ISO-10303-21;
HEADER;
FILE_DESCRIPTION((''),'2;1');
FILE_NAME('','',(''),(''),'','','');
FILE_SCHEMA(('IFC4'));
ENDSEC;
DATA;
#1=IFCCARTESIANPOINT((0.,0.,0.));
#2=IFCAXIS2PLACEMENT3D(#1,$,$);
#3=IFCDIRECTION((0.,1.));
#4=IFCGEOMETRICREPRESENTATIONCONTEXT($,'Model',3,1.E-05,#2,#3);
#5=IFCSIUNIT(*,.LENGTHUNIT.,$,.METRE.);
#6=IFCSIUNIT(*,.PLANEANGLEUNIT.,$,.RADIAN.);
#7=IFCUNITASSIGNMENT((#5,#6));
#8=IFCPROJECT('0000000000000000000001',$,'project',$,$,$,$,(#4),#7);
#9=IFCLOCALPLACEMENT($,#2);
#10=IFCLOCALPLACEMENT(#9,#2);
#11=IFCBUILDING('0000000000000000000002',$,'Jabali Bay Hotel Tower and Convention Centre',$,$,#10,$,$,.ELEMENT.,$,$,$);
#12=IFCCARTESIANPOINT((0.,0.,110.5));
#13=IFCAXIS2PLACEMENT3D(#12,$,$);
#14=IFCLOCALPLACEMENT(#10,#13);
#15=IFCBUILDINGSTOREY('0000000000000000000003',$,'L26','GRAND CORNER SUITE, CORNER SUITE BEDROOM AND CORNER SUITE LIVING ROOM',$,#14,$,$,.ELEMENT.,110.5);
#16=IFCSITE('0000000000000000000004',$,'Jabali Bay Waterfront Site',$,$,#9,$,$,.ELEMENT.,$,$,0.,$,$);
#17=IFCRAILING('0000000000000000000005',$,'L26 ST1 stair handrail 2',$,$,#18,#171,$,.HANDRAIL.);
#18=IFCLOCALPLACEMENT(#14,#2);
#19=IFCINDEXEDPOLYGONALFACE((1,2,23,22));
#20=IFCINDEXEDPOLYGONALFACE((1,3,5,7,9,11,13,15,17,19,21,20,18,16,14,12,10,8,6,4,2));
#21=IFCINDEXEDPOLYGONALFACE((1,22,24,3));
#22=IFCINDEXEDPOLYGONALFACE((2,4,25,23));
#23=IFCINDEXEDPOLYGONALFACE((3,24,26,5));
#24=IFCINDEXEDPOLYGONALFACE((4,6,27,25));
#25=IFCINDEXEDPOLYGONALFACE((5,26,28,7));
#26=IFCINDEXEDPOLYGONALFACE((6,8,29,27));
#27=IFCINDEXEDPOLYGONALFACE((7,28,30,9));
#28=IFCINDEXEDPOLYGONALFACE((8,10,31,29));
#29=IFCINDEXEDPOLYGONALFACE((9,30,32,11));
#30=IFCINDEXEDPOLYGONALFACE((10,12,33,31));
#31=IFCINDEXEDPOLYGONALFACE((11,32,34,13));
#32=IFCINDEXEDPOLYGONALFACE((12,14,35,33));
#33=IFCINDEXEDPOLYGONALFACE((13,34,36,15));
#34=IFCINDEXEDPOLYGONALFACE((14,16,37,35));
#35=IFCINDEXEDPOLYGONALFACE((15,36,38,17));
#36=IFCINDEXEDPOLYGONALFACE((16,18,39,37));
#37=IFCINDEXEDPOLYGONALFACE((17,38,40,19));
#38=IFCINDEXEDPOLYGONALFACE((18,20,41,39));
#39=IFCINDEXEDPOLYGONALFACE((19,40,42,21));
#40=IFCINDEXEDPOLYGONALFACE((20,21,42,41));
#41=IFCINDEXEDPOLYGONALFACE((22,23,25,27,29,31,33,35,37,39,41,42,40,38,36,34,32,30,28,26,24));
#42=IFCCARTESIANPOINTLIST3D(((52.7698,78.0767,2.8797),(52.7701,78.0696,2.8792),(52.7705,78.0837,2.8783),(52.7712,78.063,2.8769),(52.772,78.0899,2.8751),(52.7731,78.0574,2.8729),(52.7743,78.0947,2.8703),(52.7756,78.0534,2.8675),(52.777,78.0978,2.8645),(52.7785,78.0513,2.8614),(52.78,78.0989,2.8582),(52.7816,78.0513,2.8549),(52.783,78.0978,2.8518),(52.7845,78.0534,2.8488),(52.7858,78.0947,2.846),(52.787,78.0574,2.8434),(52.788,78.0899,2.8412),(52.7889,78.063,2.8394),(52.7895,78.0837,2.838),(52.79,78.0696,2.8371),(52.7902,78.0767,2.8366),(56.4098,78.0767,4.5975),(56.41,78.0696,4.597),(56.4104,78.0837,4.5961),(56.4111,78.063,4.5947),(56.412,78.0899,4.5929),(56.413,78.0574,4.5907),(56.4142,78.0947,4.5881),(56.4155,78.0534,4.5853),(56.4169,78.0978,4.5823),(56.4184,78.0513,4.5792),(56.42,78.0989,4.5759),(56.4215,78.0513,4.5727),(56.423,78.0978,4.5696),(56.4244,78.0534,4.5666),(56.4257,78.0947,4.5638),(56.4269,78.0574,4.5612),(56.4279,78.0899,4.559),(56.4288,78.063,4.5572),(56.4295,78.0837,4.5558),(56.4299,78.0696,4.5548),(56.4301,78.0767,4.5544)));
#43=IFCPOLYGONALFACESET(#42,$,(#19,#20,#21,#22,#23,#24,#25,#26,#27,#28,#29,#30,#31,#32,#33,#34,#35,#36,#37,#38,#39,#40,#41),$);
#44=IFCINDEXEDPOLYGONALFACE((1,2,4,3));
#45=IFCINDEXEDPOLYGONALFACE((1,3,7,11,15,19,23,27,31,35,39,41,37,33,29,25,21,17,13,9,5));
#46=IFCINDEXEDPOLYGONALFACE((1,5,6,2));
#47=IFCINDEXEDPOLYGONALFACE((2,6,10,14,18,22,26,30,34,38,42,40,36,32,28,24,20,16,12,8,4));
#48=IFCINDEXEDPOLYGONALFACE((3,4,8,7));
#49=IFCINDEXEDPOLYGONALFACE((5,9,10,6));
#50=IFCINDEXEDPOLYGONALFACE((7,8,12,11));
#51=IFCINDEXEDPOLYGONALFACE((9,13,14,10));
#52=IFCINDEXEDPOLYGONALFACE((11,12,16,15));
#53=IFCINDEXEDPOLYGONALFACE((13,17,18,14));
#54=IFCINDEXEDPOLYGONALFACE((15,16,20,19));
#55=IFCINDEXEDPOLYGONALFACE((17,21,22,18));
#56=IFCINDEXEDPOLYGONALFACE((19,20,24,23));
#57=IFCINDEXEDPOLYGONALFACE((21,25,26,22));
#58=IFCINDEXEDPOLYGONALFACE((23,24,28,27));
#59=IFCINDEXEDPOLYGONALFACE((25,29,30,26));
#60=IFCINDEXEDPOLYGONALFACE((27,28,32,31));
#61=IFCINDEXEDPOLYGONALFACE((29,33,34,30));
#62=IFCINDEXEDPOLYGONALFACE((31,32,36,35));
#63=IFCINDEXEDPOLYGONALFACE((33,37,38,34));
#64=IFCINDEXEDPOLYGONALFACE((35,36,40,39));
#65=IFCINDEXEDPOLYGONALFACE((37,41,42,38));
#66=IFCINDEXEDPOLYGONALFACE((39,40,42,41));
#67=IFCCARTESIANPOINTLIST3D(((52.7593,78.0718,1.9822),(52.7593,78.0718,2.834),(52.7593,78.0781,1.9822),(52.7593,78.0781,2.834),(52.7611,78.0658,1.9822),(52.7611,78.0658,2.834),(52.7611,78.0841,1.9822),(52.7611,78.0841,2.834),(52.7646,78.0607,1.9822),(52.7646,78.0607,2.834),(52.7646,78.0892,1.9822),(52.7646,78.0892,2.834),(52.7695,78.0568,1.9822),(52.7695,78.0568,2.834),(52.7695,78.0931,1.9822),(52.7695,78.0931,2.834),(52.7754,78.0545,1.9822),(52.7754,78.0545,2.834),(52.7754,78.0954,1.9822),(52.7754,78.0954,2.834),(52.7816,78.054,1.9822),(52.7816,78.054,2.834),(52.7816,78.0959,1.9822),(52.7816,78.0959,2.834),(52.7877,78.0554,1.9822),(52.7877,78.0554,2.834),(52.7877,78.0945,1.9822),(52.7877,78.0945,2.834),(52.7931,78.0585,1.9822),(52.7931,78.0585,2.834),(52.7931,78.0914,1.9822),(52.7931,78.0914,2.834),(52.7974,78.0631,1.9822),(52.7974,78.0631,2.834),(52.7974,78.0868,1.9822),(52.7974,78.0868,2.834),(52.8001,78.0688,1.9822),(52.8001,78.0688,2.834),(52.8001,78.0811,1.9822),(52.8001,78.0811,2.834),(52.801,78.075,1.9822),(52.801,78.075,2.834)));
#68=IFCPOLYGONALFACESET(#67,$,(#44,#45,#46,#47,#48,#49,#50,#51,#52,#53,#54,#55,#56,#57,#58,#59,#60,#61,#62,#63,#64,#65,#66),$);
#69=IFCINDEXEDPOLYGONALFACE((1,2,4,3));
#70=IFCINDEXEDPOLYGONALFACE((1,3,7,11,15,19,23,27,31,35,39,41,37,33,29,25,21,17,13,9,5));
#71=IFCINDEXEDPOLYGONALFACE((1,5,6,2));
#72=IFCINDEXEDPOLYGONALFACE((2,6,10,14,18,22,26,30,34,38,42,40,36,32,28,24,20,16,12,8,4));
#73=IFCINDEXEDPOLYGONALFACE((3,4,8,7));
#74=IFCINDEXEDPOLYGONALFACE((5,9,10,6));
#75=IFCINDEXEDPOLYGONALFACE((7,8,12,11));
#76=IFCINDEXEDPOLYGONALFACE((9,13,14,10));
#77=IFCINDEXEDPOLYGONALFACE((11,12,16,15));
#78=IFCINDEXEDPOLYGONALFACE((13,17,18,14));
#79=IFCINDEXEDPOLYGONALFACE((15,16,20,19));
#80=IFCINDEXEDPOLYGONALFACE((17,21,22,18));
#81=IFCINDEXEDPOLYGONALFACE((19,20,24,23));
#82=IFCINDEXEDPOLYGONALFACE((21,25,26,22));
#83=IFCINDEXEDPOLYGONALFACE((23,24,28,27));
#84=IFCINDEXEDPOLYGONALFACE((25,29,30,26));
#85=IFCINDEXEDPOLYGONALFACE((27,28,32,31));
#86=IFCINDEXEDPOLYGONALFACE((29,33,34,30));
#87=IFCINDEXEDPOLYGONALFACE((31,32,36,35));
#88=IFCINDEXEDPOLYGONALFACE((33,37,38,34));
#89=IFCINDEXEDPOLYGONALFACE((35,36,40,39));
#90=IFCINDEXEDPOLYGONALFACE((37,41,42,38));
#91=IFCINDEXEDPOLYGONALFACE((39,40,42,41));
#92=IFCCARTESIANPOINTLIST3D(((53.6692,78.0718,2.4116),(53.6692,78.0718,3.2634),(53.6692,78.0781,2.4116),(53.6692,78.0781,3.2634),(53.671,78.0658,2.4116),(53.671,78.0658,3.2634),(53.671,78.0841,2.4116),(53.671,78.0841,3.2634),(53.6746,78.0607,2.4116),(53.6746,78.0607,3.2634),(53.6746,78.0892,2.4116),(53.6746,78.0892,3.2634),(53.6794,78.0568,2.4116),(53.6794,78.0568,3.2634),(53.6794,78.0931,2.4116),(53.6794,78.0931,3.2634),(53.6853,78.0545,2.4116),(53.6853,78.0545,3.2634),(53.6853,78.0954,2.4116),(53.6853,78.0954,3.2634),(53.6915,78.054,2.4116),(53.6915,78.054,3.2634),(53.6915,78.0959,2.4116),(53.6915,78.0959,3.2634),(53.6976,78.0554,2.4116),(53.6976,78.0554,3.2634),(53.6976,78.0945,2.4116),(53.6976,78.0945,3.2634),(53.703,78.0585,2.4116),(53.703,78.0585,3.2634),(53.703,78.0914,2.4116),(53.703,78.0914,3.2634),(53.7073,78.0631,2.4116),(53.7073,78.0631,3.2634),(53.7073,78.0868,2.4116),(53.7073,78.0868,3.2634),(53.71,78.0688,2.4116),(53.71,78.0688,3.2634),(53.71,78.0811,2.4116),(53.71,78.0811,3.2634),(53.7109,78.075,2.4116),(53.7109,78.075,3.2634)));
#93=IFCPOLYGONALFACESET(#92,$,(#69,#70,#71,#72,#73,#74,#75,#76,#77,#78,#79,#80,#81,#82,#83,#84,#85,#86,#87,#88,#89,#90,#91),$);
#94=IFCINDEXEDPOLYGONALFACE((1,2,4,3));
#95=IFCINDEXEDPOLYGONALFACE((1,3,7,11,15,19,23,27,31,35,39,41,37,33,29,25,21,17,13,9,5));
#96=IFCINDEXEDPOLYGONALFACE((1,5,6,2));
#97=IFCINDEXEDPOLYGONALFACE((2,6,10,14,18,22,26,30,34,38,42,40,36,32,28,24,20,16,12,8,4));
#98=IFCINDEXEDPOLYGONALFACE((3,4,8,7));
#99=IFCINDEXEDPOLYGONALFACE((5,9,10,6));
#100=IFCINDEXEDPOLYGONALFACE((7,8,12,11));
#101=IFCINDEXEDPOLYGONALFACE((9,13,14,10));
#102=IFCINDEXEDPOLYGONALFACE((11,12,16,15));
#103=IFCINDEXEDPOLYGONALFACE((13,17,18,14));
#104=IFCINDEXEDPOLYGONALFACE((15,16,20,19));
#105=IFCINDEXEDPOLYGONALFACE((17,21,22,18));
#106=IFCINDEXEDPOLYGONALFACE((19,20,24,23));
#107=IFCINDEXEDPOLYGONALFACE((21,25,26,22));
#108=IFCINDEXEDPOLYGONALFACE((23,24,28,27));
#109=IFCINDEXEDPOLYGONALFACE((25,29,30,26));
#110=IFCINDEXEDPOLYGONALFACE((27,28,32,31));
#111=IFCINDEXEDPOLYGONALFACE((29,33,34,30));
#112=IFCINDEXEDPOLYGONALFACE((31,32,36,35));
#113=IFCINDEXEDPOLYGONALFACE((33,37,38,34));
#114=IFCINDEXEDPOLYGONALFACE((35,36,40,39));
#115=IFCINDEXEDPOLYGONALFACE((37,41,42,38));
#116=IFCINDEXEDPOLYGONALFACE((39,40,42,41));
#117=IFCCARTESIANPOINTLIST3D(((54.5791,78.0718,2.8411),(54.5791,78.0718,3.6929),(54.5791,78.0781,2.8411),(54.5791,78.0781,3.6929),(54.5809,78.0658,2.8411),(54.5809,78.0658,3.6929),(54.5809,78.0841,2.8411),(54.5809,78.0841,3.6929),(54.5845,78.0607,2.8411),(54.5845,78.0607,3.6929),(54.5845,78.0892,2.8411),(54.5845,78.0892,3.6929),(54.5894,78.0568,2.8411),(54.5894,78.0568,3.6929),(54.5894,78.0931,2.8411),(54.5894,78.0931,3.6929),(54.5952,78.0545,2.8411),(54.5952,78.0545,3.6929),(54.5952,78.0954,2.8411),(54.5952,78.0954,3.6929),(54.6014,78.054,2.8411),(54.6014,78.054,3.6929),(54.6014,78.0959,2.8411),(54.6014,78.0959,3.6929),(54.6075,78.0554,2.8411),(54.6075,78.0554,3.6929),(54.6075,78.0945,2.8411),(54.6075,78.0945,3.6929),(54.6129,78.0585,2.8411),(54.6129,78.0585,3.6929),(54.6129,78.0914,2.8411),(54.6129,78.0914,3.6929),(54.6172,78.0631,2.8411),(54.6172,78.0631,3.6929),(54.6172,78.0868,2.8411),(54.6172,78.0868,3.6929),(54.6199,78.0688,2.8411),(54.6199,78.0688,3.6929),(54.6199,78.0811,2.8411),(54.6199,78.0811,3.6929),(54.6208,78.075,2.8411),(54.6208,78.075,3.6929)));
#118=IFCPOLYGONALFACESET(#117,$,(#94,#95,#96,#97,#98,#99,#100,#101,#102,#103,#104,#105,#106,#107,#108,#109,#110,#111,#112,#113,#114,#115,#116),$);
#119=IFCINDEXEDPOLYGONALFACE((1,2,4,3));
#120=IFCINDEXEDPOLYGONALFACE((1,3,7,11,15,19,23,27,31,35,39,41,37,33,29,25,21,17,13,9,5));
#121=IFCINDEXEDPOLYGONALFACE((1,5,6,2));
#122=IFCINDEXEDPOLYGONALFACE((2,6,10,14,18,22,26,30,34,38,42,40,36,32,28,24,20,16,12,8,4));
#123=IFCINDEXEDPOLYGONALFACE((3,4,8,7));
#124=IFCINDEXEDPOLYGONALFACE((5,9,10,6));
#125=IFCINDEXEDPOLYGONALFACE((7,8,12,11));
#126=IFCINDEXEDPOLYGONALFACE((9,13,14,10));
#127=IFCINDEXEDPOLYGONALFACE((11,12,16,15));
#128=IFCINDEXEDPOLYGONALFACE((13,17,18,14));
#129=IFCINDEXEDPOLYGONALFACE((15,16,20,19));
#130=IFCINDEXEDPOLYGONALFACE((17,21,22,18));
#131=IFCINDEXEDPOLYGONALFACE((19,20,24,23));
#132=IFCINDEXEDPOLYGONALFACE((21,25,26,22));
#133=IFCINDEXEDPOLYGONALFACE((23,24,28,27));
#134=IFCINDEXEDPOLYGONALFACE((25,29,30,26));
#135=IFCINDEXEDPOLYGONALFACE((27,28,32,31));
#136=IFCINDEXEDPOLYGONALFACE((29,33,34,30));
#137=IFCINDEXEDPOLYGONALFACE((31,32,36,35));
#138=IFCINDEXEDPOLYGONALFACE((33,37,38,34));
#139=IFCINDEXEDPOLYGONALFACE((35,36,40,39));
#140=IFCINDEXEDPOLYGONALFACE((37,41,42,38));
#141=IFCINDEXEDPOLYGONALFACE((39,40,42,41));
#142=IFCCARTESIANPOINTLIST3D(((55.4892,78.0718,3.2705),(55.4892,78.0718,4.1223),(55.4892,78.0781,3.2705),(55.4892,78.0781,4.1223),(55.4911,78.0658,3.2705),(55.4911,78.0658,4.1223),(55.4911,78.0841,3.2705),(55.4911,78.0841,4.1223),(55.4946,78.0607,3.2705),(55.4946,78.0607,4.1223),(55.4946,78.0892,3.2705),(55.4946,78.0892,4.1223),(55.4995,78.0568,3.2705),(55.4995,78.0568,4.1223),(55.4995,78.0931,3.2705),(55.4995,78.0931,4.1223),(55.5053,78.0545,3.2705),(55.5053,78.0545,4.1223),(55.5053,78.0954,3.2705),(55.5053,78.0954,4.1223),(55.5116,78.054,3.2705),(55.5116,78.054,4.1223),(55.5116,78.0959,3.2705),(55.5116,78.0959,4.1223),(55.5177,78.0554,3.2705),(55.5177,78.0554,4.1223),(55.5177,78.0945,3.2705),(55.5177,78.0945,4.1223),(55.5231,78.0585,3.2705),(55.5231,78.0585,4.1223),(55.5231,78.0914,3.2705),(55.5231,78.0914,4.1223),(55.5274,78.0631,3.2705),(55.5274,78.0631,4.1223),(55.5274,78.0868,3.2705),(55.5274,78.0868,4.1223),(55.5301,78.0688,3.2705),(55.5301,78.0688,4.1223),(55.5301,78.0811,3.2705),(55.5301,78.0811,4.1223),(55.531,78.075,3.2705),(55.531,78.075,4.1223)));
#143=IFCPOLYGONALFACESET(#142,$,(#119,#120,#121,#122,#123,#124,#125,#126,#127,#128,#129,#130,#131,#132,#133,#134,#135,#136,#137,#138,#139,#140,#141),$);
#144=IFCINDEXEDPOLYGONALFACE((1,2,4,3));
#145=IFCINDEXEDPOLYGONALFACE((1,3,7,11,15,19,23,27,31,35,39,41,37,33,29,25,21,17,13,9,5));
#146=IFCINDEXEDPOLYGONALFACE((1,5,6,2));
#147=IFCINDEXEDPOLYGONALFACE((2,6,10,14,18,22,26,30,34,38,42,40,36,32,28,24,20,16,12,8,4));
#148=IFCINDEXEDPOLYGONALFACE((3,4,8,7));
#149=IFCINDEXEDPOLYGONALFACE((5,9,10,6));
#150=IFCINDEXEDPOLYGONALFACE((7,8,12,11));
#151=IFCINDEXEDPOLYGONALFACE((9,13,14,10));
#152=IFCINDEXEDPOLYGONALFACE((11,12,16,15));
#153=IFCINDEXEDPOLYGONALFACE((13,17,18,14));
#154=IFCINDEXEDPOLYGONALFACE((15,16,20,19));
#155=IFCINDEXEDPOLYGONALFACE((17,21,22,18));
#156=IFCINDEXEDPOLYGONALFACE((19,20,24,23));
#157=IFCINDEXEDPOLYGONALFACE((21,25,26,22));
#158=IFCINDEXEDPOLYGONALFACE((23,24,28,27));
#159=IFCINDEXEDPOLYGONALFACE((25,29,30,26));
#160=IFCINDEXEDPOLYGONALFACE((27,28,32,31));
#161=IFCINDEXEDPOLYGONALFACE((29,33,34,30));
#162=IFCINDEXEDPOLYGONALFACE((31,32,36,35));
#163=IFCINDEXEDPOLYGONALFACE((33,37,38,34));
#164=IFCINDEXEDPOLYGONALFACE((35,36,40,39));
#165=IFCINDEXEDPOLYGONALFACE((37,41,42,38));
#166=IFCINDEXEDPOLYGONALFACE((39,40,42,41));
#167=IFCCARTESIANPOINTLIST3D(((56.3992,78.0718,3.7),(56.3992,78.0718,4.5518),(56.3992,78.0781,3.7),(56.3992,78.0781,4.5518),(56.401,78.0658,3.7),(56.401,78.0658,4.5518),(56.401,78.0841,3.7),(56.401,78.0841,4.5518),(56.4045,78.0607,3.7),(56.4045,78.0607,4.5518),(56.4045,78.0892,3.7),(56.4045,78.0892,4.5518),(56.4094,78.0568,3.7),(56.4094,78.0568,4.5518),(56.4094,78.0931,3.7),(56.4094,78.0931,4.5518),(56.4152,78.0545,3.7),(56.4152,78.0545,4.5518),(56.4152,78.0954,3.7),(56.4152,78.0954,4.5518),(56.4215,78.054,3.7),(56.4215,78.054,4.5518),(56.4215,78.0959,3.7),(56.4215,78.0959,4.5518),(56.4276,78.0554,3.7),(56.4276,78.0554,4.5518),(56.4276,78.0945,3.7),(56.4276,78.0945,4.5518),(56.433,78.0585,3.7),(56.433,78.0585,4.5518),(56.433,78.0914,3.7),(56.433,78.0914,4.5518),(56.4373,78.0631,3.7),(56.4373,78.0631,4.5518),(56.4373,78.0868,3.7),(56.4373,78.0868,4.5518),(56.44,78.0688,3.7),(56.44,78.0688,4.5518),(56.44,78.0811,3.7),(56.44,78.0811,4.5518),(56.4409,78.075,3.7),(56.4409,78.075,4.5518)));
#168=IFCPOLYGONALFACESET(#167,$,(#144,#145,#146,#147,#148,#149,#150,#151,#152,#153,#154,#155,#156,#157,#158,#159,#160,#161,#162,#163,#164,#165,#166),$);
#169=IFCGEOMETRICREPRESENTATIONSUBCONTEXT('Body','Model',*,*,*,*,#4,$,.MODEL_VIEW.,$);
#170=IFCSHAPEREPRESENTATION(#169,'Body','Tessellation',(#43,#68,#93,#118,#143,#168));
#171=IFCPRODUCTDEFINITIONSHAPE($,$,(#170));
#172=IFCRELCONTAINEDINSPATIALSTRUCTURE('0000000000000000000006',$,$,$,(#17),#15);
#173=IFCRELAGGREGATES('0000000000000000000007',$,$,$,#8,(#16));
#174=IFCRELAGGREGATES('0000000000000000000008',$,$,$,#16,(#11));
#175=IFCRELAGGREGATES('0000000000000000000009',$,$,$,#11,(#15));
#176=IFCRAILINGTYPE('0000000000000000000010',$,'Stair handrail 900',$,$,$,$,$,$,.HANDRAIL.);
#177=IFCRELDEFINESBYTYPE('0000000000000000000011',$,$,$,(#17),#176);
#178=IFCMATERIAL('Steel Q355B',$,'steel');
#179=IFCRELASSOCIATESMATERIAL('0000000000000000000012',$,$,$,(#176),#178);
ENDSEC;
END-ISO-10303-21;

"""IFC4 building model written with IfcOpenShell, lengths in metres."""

from ifc_helpers import new_model, si_unit, direction, frame, origin, origin_2d, place, context, subcontext, project, spatial, circle, extrude, material, type_object, element, save


model = new_model("IFC4")

# Units and contexts
model_context = context("Model", 3, precision=1e-05, world=origin(), true_north=direction((0.0, 1.0)))
body_context = subcontext(model_context, "Body", "Model", "MODEL_VIEW")
ifc_project = project(units=[si_unit("LENGTHUNIT", "METRE"), si_unit("PLANEANGLEUNIT", "RADIAN")], contexts=[model_context])

# Site, building, storey
site_placement = place(None, origin())
site = spatial("IfcSite", under=ifc_project, at=site_placement, Name="Jabali Bay Waterfront Site", CompositionType="ELEMENT", RefElevation=0.0)
building_placement = place(site_placement, origin())
building = spatial("IfcBuilding", under=site, at=building_placement, Name="Jabali Bay Hotel Tower and Convention Centre", CompositionType="ELEMENT")
storey_placement = place(building_placement, frame((0.0, 0.0, 110.5)))
storey = spatial("IfcBuildingStorey", under=building, at=storey_placement, Name="L26", Description="GRAND CORNER SUITE, CORNER SUITE BEDROOM AND CORNER SUITE LIVING ROOM", CompositionType="ELEMENT", Elevation=110.5)

# Railing
ifc_material_1 = material(Name="Steel Q355B", Category="steel")
railing_type = type_object("IfcRailingType", Name="Stair handrail 900", PredefinedType="HANDRAIL", material=ifc_material_1)
railing_placement = place(storey_placement, frame((52.78, 78.075, 1.9822)))
element("IfcRailing", 1, at=railing_placement, inside=storey, type_object=railing_type, Name="L26 ST1 stair handrail 2", PredefinedType="HANDRAIL", context=body_context, shape_type="SweptSolid", body=[
    extrude(circle(Radius=0.0239, at=origin_2d()), frame((0.0, 0.0, 0.876), z_axis=(0.904351, 0.0, 0.42679), x_axis=(0.0, 1.0, 0.0)), (0.0, 0.0, 1.0), 4.0249),
    extrude(circle(Radius=0.021, at=origin_2d()), origin(), (0.0, 0.0, 1.0), 0.8518),
    extrude(circle(Radius=0.021, at=origin_2d()), frame((0.9099, 0.0, 0.4294)), (0.0, 0.0, 1.0), 0.8518),
    extrude(circle(Radius=0.021, at=origin_2d()), frame((1.8198, 0.0, 0.8589)), (0.0, 0.0, 1.0), 0.8518),
    extrude(circle(Radius=0.021, at=origin_2d()), frame((2.73, 0.0, 1.2883)), (0.0, 0.0, 1.0), 0.8518),
    extrude(circle(Radius=0.021, at=origin_2d()), frame((3.6399, 0.0, 1.7178)), (0.0, 0.0, 1.0), 0.8518),
])

save(model, "model.ifc")
